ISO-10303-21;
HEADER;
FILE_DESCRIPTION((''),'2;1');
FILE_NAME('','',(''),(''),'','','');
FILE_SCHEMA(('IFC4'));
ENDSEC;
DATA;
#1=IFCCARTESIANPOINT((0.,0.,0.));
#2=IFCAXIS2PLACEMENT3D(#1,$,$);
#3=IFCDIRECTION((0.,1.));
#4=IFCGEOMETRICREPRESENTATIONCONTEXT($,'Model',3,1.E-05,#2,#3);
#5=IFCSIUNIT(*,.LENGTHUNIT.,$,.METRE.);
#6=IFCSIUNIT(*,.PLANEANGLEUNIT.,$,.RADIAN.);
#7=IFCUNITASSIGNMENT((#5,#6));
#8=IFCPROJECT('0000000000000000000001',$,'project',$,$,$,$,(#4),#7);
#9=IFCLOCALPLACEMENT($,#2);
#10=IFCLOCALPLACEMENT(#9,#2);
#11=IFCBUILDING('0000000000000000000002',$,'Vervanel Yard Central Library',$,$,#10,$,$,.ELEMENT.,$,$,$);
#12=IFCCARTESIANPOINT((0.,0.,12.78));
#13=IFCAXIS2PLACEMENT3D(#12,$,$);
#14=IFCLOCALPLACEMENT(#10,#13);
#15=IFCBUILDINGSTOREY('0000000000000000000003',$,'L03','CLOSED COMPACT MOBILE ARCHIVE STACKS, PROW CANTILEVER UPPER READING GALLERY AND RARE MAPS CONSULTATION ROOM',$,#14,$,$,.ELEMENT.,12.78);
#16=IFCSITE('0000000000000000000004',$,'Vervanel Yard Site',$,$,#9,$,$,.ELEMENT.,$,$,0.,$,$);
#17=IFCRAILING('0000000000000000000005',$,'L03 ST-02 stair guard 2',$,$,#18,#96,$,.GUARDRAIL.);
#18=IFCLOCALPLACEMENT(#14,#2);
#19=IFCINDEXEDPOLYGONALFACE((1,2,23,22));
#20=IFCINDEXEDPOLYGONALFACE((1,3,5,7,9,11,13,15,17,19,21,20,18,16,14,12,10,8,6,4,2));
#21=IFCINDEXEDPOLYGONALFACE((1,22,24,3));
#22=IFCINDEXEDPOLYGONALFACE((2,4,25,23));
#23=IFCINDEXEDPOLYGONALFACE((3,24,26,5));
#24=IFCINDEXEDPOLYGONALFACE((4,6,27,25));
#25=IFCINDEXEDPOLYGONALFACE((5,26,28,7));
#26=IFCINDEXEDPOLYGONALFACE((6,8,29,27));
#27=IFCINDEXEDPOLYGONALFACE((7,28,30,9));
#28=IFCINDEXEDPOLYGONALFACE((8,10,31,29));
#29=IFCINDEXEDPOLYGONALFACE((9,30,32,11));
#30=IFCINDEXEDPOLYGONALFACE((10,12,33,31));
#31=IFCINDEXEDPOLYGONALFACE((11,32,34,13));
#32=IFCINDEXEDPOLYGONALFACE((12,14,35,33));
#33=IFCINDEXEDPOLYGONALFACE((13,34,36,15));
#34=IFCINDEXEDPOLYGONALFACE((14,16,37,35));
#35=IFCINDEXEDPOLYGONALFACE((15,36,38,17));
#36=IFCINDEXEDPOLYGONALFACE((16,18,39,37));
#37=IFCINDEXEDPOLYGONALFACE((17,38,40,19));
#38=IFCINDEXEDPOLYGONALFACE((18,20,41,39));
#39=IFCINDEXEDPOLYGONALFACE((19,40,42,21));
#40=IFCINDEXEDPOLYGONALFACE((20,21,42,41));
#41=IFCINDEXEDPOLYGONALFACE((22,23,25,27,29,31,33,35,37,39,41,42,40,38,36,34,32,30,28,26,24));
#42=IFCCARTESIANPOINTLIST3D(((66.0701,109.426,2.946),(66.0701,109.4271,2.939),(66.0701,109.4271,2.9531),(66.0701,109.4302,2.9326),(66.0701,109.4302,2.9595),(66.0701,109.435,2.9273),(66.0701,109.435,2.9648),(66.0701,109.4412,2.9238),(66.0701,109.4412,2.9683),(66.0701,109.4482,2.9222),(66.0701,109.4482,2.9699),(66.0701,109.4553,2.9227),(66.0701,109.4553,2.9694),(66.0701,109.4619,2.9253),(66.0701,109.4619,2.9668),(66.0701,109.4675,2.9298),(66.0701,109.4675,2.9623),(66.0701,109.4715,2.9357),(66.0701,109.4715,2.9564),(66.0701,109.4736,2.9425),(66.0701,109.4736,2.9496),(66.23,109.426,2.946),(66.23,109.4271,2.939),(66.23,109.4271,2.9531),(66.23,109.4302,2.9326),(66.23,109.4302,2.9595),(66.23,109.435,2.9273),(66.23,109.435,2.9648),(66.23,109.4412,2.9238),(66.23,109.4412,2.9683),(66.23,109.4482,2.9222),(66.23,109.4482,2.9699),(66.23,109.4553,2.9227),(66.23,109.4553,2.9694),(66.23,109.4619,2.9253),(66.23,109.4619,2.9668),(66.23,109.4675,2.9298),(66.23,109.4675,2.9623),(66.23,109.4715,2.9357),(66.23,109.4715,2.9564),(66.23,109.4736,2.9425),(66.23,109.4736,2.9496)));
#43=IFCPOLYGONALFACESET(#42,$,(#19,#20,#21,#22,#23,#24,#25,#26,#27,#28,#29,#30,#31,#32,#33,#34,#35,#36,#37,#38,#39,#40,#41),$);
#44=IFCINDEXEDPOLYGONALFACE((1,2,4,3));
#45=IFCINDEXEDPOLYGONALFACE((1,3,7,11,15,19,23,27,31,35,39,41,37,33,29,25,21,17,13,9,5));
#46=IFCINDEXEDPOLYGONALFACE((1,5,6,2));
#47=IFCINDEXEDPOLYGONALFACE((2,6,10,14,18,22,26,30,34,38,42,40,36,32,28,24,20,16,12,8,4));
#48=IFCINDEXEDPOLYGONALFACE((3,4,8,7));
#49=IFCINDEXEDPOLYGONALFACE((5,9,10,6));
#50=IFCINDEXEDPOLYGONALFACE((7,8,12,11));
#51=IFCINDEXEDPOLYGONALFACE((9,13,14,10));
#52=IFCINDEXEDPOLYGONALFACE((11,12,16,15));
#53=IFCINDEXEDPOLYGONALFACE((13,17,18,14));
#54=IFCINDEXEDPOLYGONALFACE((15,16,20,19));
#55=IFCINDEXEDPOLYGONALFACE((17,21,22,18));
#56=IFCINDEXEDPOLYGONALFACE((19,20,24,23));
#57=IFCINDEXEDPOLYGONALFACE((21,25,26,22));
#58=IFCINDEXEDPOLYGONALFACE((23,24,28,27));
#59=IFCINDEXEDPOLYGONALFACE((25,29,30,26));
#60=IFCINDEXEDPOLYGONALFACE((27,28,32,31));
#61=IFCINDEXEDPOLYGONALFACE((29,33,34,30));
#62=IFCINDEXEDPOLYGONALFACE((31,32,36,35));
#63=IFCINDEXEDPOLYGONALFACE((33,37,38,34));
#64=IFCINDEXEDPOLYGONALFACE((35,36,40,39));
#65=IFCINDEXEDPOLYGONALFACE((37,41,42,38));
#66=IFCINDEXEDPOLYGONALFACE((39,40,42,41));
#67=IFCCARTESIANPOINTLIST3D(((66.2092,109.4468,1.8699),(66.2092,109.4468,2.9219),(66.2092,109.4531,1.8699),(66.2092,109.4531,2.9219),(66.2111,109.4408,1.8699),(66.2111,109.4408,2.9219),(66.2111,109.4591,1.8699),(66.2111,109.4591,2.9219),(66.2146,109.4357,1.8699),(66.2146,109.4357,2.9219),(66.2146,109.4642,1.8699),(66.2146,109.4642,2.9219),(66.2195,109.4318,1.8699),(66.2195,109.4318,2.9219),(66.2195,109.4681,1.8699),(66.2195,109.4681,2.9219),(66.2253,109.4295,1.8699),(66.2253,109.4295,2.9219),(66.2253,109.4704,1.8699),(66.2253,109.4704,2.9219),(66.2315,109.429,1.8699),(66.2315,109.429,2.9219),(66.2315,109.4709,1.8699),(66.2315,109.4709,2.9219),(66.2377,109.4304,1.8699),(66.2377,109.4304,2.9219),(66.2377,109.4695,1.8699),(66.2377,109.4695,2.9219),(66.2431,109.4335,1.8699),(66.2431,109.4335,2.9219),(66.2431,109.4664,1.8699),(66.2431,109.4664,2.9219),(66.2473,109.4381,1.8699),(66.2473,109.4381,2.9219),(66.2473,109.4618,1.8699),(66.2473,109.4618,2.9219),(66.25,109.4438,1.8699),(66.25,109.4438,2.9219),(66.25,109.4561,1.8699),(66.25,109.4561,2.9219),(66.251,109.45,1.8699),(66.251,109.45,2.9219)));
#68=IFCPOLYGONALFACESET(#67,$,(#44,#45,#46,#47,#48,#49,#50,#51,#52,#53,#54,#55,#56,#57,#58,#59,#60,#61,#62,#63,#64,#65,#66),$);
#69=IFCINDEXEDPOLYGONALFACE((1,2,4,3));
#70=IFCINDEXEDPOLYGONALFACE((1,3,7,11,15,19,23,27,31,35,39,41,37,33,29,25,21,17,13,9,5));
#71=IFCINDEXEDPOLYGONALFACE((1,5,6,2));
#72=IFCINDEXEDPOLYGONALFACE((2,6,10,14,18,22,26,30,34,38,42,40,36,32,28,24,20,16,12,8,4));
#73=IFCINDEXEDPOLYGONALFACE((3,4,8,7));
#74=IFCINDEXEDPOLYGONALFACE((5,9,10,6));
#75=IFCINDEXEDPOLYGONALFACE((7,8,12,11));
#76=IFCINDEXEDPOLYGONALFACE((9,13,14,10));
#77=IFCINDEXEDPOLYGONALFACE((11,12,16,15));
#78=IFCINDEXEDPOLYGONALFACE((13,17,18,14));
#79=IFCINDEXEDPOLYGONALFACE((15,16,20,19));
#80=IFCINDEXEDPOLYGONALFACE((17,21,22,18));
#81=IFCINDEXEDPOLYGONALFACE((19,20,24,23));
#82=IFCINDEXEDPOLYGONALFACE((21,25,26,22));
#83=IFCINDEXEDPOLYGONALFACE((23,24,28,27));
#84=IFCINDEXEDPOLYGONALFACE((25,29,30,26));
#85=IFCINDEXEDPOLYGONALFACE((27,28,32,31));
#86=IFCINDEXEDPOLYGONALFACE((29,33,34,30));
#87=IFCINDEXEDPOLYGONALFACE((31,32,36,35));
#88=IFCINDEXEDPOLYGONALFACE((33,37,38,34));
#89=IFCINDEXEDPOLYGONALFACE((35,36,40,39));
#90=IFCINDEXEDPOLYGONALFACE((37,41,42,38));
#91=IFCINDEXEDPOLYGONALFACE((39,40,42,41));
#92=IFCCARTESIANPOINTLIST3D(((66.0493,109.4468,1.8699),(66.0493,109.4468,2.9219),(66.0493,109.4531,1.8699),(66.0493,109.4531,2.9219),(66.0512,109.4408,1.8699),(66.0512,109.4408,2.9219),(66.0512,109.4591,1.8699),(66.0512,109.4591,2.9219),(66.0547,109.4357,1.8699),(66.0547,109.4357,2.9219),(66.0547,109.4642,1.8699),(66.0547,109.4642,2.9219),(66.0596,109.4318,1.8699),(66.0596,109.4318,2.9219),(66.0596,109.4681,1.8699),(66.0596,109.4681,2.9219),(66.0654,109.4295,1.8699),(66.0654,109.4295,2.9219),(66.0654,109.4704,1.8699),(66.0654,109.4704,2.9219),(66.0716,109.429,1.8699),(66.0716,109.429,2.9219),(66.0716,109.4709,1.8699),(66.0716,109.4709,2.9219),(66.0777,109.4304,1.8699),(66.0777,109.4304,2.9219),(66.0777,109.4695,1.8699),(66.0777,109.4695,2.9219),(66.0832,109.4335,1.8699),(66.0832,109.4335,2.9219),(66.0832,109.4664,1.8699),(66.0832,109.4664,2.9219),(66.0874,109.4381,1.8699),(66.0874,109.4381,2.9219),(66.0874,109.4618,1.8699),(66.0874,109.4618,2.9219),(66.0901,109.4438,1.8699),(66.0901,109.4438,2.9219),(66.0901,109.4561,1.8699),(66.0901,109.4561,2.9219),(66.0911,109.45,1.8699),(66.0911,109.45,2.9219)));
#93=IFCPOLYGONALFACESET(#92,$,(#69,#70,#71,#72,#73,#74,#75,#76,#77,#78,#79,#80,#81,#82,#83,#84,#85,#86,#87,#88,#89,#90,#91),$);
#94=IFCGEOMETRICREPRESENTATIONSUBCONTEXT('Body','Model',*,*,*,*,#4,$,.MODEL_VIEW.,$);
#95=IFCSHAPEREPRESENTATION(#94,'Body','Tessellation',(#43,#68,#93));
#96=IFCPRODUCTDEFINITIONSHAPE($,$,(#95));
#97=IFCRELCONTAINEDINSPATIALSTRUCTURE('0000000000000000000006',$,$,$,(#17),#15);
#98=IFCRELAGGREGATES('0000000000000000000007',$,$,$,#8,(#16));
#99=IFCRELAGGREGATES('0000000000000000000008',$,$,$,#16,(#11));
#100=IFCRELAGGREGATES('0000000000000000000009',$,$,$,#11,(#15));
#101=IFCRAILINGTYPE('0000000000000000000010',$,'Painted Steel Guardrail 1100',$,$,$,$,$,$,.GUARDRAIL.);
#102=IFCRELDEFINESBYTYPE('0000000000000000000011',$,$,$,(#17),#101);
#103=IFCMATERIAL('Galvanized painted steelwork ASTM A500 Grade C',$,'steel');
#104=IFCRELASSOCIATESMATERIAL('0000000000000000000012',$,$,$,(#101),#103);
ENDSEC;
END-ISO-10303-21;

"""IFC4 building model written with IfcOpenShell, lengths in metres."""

from ifc_helpers import new_model, si_unit, direction, frame, origin, origin_2d, place, context, subcontext, project, spatial, circle, extrude, material, type_object, element, save


model = new_model("IFC4")

# Units and contexts
model_context = context("Model", 3, precision=1e-05, world=origin(), true_north=direction((0.0, 1.0)))
body_context = subcontext(model_context, "Body", "Model", "MODEL_VIEW")
ifc_project = project(units=[si_unit("LENGTHUNIT", "METRE"), si_unit("PLANEANGLEUNIT", "RADIAN")], contexts=[model_context])

# Site, building, storey
site_placement = place(None, origin())
site = spatial("IfcSite", under=ifc_project, at=site_placement, Name="Vervanel Yard Site", CompositionType="ELEMENT", RefElevation=0.0)
building_placement = place(site_placement, origin())
building = spatial("IfcBuilding", under=site, at=building_placement, Name="Vervanel Yard Central Library", CompositionType="ELEMENT")
storey_placement = place(building_placement, frame((0.0, 0.0, 12.78)))
storey = spatial("IfcBuildingStorey", under=building, at=storey_placement, Name="L03", Description="CLOSED COMPACT MOBILE ARCHIVE STACKS, PROW CANTILEVER UPPER READING GALLERY AND RARE MAPS CONSULTATION ROOM", CompositionType="ELEMENT", Elevation=12.78)

# Shared definitions
ifc_material_1 = material(Name="Galvanized painted steelwork ASTM A500 Grade C", Category="steel")

# Railing
railing_type_1 = type_object("IfcRailingType", Name="Painted Steel Guardrail 1100", PredefinedType="GUARDRAIL", material=ifc_material_1)
railing_1_placement = place(storey_placement, frame((66.23, 109.45, 1.8699)))
element("IfcRailing", 1, at=railing_1_placement, inside=storey, type_object=railing_type_1, Name="L03 ST-02 stair guard 2", PredefinedType="GUARDRAIL", context=body_context, shape_type="SweptSolid", body=[
    extrude(circle(Radius=0.0239, at=origin_2d()), frame((0.0, 0.0, 1.0762), z_axis=(-1.0, 0.0, 0.0), x_axis=(0.0, -1.0, 0.0)), (0.0, 0.0, 1.0), 0.1599),
    extrude(circle(Radius=0.021, at=origin_2d()), origin(), (0.0, 0.0, 1.0), 1.052),
    extrude(circle(Radius=0.021, at=origin_2d()), frame((-0.1599, 0.0, 0.0)), (0.0, 0.0, 1.0), 1.052),
])

save(model, "model.ifc")
